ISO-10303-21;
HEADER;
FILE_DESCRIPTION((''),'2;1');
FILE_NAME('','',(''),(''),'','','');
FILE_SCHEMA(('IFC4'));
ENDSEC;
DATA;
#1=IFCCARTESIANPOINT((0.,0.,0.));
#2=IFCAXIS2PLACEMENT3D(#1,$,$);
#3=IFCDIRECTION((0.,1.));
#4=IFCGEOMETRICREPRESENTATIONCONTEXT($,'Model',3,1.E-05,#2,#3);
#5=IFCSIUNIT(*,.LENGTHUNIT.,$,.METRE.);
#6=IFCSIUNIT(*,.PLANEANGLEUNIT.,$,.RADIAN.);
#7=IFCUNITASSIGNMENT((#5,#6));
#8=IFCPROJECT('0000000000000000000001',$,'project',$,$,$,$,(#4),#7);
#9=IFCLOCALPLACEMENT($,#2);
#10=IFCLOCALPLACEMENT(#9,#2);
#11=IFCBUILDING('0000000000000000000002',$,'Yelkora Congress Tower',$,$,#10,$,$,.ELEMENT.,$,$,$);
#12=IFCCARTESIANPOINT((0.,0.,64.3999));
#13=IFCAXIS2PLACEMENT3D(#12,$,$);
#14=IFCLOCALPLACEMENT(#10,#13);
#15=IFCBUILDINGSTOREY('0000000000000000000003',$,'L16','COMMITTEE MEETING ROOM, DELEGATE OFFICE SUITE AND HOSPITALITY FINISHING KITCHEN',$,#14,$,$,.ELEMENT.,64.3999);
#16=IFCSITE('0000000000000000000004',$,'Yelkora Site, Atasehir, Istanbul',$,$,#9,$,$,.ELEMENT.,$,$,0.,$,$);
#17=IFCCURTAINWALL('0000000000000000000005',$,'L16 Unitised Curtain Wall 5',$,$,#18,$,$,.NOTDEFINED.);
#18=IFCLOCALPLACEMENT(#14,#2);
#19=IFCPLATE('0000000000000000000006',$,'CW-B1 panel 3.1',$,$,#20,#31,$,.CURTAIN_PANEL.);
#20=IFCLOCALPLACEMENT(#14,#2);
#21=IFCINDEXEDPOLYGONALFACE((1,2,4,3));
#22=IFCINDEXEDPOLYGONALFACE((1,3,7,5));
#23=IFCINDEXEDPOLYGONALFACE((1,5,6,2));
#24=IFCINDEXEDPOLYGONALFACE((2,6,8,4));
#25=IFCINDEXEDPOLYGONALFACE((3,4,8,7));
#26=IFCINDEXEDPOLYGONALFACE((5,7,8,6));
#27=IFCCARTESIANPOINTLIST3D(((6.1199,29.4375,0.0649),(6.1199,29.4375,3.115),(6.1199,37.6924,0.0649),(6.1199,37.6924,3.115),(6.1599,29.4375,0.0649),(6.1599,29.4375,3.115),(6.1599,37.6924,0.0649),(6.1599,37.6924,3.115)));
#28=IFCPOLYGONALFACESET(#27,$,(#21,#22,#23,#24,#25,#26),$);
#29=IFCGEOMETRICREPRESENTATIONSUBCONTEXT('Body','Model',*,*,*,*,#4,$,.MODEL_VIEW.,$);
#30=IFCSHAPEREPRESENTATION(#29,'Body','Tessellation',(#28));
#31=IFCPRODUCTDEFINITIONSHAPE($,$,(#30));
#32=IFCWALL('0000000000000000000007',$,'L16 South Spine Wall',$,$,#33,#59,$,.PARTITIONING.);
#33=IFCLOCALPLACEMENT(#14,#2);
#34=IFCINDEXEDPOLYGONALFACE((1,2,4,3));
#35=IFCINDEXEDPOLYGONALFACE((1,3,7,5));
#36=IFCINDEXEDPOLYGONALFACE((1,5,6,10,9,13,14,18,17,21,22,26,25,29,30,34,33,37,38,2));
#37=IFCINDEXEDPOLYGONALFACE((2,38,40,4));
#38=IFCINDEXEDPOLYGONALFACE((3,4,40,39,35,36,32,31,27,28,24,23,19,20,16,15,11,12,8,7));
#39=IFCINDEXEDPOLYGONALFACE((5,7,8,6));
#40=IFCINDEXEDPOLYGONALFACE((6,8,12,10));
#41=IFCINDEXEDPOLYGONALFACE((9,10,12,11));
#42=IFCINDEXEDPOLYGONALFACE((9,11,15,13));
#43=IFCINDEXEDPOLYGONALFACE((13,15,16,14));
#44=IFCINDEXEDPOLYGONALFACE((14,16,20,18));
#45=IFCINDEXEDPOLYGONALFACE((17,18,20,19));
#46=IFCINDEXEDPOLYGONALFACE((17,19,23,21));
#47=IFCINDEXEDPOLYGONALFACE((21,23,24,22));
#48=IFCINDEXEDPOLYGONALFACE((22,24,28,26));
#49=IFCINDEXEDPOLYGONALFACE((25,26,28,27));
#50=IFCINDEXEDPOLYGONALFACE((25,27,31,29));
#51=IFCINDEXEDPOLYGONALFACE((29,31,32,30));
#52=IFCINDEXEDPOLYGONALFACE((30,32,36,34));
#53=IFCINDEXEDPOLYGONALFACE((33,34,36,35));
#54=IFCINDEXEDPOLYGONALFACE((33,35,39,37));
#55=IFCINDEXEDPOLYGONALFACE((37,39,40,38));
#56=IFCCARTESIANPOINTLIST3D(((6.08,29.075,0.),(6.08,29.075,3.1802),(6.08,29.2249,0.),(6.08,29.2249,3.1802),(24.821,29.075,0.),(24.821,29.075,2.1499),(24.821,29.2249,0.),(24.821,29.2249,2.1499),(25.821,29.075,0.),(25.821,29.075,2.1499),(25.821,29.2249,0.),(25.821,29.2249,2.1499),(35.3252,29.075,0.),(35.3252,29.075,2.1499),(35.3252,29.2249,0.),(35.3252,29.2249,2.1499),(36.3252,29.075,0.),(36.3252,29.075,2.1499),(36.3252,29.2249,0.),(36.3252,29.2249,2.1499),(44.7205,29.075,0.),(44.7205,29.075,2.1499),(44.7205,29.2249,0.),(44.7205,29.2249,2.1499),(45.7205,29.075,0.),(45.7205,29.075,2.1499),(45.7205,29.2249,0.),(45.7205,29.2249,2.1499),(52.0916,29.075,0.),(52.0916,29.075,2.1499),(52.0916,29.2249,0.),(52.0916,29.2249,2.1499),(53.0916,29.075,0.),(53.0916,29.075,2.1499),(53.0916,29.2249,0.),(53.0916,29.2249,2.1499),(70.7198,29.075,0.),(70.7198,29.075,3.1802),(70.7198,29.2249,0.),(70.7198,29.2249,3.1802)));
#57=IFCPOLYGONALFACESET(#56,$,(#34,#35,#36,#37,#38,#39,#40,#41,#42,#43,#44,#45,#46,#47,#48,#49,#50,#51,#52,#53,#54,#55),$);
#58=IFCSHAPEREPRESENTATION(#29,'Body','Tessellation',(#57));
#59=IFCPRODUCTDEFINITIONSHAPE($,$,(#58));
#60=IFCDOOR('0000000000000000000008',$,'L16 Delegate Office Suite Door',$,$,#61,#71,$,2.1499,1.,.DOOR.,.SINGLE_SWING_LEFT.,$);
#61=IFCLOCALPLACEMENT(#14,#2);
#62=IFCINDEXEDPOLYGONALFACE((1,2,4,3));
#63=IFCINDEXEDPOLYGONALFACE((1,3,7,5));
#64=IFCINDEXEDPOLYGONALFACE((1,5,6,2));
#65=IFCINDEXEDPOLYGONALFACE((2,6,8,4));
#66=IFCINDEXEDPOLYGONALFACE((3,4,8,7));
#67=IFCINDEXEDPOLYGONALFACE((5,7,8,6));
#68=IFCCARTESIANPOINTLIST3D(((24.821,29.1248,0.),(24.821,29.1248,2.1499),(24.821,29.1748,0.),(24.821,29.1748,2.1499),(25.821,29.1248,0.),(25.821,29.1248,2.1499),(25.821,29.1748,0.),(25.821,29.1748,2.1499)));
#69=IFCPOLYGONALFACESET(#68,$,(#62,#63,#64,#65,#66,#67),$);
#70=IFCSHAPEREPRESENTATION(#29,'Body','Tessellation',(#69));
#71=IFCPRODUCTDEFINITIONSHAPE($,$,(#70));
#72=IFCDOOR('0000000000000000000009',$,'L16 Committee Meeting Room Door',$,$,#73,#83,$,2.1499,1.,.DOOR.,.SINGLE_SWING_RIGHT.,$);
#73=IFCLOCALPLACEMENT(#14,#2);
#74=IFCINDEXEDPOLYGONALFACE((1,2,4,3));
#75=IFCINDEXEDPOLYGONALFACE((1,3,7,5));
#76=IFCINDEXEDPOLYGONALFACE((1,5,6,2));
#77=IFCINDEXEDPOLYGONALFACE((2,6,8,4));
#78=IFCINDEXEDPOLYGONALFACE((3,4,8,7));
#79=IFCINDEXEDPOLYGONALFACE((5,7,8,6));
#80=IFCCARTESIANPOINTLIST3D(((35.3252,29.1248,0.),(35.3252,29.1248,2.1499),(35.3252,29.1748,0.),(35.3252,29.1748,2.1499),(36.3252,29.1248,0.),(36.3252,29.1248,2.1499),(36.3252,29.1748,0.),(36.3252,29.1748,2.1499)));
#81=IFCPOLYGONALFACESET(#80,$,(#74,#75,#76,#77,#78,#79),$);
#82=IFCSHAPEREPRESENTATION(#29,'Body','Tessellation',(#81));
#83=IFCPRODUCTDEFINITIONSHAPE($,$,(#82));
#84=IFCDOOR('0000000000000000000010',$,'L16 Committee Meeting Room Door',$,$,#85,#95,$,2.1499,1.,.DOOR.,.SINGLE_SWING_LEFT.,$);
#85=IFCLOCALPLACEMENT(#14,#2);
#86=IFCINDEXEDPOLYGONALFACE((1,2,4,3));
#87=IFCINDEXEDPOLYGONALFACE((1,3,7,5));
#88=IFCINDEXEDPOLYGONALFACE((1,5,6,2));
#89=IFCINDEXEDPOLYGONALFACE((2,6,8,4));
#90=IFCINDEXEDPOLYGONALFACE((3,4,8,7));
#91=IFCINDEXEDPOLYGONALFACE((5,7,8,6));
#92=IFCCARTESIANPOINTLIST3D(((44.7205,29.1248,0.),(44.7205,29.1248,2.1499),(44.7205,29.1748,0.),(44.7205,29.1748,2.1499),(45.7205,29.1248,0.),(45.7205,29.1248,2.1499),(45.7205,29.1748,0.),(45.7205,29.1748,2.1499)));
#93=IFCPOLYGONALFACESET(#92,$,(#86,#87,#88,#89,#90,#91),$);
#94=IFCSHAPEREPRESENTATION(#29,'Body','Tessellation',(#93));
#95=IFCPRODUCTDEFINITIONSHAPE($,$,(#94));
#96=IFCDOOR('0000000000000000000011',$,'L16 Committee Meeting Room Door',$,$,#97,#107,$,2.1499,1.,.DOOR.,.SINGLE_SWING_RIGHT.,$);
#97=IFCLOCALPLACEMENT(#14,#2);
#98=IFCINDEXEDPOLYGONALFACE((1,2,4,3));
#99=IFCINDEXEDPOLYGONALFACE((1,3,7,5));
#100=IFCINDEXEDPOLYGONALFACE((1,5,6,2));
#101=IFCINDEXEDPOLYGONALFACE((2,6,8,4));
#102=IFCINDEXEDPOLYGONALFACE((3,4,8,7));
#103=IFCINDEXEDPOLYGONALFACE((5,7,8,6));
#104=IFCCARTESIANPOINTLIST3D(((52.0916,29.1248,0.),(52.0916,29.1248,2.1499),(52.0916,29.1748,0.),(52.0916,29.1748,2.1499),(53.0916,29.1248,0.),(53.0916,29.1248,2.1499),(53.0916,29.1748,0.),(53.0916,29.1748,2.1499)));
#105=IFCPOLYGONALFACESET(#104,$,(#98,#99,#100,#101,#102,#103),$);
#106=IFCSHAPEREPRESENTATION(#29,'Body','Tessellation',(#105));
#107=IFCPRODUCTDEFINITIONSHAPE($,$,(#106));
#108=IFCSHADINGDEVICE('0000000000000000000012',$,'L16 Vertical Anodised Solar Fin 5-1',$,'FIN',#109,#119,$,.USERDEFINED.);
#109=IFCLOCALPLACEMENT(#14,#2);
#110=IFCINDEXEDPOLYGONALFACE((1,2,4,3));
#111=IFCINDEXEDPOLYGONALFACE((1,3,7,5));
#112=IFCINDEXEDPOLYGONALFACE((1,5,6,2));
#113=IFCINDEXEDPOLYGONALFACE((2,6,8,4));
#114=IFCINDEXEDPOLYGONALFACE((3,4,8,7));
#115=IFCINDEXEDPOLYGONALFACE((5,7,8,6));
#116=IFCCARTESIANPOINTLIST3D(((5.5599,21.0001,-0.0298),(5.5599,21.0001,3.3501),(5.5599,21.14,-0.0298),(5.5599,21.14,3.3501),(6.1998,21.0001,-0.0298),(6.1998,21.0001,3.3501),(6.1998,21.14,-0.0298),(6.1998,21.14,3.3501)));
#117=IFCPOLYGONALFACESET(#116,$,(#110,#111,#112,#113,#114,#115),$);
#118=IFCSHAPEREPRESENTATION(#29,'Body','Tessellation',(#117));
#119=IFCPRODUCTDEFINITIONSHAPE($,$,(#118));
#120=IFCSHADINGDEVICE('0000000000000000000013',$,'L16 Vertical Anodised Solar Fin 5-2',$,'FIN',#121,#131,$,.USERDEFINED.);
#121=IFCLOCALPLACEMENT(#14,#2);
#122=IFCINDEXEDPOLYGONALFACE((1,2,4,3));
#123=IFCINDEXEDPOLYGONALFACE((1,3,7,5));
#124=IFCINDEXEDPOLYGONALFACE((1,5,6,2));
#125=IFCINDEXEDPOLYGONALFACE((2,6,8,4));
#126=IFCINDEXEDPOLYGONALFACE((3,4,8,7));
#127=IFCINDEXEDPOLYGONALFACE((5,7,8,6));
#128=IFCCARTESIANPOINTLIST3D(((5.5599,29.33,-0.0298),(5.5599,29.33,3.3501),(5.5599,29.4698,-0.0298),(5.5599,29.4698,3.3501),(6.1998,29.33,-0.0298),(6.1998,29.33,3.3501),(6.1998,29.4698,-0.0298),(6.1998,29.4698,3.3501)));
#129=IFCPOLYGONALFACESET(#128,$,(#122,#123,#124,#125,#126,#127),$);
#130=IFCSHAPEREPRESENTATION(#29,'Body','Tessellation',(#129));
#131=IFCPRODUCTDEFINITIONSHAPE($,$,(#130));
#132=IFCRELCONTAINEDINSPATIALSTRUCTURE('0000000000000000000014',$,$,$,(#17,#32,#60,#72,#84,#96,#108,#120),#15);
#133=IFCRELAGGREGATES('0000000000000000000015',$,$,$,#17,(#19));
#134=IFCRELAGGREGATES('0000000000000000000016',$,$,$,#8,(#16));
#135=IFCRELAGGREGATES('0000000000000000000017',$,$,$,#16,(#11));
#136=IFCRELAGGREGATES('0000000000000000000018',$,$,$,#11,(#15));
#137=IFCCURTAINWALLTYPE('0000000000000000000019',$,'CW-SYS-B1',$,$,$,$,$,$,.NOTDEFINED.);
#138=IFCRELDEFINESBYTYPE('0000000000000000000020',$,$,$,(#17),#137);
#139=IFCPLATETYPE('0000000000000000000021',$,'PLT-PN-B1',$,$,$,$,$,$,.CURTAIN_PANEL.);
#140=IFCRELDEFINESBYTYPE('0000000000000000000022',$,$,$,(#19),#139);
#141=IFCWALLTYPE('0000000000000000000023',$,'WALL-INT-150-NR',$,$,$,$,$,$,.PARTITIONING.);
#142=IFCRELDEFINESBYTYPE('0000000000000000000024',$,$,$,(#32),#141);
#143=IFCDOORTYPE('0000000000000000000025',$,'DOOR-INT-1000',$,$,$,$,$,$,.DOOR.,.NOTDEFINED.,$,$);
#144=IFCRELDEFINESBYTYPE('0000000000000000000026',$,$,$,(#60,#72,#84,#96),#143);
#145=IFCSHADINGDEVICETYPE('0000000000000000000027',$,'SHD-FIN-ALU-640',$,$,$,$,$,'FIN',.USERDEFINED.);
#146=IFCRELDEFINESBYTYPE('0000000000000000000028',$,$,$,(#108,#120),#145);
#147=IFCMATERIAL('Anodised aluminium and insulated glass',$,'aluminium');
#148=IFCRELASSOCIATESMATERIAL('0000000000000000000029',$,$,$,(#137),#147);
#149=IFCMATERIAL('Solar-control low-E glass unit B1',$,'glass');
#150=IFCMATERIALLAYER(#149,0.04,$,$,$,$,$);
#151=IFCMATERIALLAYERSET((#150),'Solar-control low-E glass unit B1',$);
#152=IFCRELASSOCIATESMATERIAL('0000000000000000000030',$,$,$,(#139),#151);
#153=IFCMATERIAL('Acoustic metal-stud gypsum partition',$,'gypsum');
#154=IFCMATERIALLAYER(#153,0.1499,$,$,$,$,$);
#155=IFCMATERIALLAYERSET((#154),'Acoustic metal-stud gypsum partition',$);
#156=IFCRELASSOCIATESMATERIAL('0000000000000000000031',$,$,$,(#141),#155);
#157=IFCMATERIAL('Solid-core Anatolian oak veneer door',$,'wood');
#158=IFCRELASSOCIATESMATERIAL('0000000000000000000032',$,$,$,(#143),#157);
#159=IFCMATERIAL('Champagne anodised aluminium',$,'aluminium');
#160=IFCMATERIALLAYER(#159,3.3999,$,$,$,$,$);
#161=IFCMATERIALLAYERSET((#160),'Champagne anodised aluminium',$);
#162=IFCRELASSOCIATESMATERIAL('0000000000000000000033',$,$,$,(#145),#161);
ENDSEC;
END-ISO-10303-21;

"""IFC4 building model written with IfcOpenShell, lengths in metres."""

from ifc_helpers import new_model, si_unit, direction, frame, frame_2d, origin, origin_2d, place, context, subcontext, project, spatial, rectangle, extrude, material, layer, layer_set, type_object, element, fill, aggregate, save


model = new_model("IFC4")

# Units and contexts
model_context = context("Model", 3, precision=1e-05, world=origin(), true_north=direction((0.0, 1.0)))
body_context = subcontext(model_context, "Body", "Model", "MODEL_VIEW")
ifc_project = project(units=[si_unit("LENGTHUNIT", "METRE"), si_unit("PLANEANGLEUNIT", "RADIAN")], contexts=[model_context])

# Site, building, storey
site_placement = place(None, origin())
site = spatial("IfcSite", under=ifc_project, at=site_placement, Name="Yelkora Site, Atasehir, Istanbul", CompositionType="ELEMENT", RefElevation=0.0)
building_placement = place(site_placement, origin())
building = spatial("IfcBuilding", under=site, at=building_placement, Name="Yelkora Congress Tower", CompositionType="ELEMENT")
storey_placement = place(building_placement, frame((0.0, 0.0, 64.3999)))
storey = spatial("IfcBuildingStorey", under=building, at=storey_placement, Name="L16", Description="COMMITTEE MEETING ROOM, DELEGATE OFFICE SUITE AND HOSPITALITY FINISHING KITCHEN", CompositionType="ELEMENT", Elevation=64.3999)

# Curtain wall, plate
ifc_material_1 = material(Name="Anodised aluminium and insulated glass", Category="aluminium")
curtain_wall_type = type_object("IfcCurtainWallType", Name="CW-SYS-B1", PredefinedType="NOTDEFINED", material=ifc_material_1)
curtain_wall_placement = place(storey_placement, origin())
curtain_wall = element("IfcCurtainWall", 1, at=curtain_wall_placement, inside=storey, type_object=curtain_wall_type, Name="L16 Unitised Curtain Wall 5", PredefinedType="NOTDEFINED")
ifc_material_2 = material(Name="Solar-control low-E glass unit B1", Category="glass")
ifc_layer_1 = layer(ifc_material_2, 0.04)
ifc_layer_set_1 = layer_set([ifc_layer_1], Name="Solar-control low-E glass unit B1")
plate_type = type_object("IfcPlateType", Name="PLT-PN-B1", PredefinedType="CURTAIN_PANEL", material=ifc_layer_set_1)
plate_1_placement = place(storey_placement, frame((6.1399, 33.5649, 0.0649), z_axis=(0.0, 0.0, 1.0), x_axis=(0.0, 1.0, 0.0)))
plate_1 = element("IfcPlate", 2, at=plate_1_placement, type_object=plate_type, Name="CW-B1 panel 3.1", PredefinedType="CURTAIN_PANEL", context=body_context, shape_type="SweptSolid", body=[
    extrude(rectangle(XDim=8.2549, YDim=0.04, at=origin_2d()), origin(), (0.0, 0.0, 1.0), 3.05),
])
aggregate(curtain_wall, [plate_1])

# Wall, openings, doors
ifc_material_3 = material(Name="Acoustic metal-stud gypsum partition", Category="gypsum")
ifc_layer_2 = layer(ifc_material_3, 0.1499)
ifc_layer_set_2 = layer_set([ifc_layer_2], Name="Acoustic metal-stud gypsum partition")
wall_type = type_object("IfcWallType", Name="WALL-INT-150-NR", PredefinedType="PARTITIONING", material=ifc_layer_set_2)
wall_placement = place(storey_placement, frame((6.0801, 29.1499, 0.0), z_axis=(0.0, 0.0, 1.0), x_axis=(1.0, 0.0, 0.0)))
wall = element("IfcWall", 3, at=wall_placement, inside=storey, type_object=wall_type, Name="L16 South Spine Wall", PredefinedType="PARTITIONING", context=body_context, shape_type="SweptSolid", body=[
    extrude(rectangle(XDim=64.6399, YDim=0.1499, at=frame_2d((32.3198, 0.0))), origin(), (0.0, 0.0, 1.0), 3.1802),
])
opening_1_placement = place(wall_placement, frame((18.741, 0.0, 0.0)))
opening_1 = element("IfcOpeningElement", 4, at=opening_1_placement, cuts=wall, PredefinedType="OPENING", context=body_context, shape_type="SweptSolid", body=[
    extrude(rectangle(XDim=1.0, YDim=2.1499, at=frame_2d((0.5, 1.075))), frame((0.0, 0.085, 0.0), z_axis=(0.0, -1.0, 0.0), x_axis=(1.0, 0.0, 0.0)), (0.0, 0.0, 1.0), 0.1699),
])
opening_2_placement = place(wall_placement, frame((29.2451, 0.0, 0.0)))
opening_2 = element("IfcOpeningElement", 5, at=opening_2_placement, cuts=wall, PredefinedType="OPENING", context=body_context, shape_type="SweptSolid", body=[
    extrude(rectangle(XDim=1.0, YDim=2.1499, at=frame_2d((0.5, 1.075))), frame((0.0, 0.085, 0.0), z_axis=(0.0, -1.0, 0.0), x_axis=(1.0, 0.0, 0.0)), (0.0, 0.0, 1.0), 0.1699),
])
opening_3_placement = place(wall_placement, frame((38.6404, 0.0, 0.0)))
opening_3 = element("IfcOpeningElement", 6, at=opening_3_placement, cuts=wall, PredefinedType="OPENING", context=body_context, shape_type="SweptSolid", body=[
    extrude(rectangle(XDim=1.0, YDim=2.1499, at=frame_2d((0.5, 1.075))), frame((0.0, 0.085, 0.0), z_axis=(0.0, -1.0, 0.0), x_axis=(1.0, 0.0, 0.0)), (0.0, 0.0, 1.0), 0.1699),
])
opening_4_placement = place(wall_placement, frame((46.0115, 0.0, 0.0)))
opening_4 = element("IfcOpeningElement", 7, at=opening_4_placement, cuts=wall, PredefinedType="OPENING", context=body_context, shape_type="SweptSolid", body=[
    extrude(rectangle(XDim=1.0, YDim=2.1499, at=frame_2d((0.5, 1.075))), frame((0.0, 0.085, 0.0), z_axis=(0.0, -1.0, 0.0), x_axis=(1.0, 0.0, 0.0)), (0.0, 0.0, 1.0), 0.1699),
])
ifc_material_4 = material(Name="Solid-core Anatolian oak veneer door", Category="wood")
door_type = type_object("IfcDoorType", Name="DOOR-INT-1000", OperationType="NOTDEFINED", PredefinedType="DOOR", material=ifc_material_4)
door_1_placement = place(opening_1_placement, origin())
door_1 = element("IfcDoor", 8, at=door_1_placement, inside=storey, type_object=door_type, Name="L16 Delegate Office Suite Door", OperationType="SINGLE_SWING_LEFT", OverallHeight=2.1499, OverallWidth=1.0, PredefinedType="DOOR", context=body_context, shape_type="SweptSolid", body=[
    extrude(rectangle(XDim=1.0, YDim=2.1499, at=frame_2d((0.5, 1.075))), frame((0.0, 0.0249, 0.0), z_axis=(0.0, -1.0, 0.0), x_axis=(1.0, 0.0, 0.0)), (0.0, 0.0, 1.0), 0.05),
])
fill(opening_1, door_1)
door_2_placement = place(opening_2_placement, origin())
door_2 = element("IfcDoor", 9, at=door_2_placement, inside=storey, type_object=door_type, Name="L16 Committee Meeting Room Door", OperationType="SINGLE_SWING_RIGHT", OverallHeight=2.1499, OverallWidth=1.0, PredefinedType="DOOR", context=body_context, shape_type="SweptSolid", body=[
    extrude(rectangle(XDim=1.0, YDim=2.1499, at=frame_2d((0.5, 1.075))), frame((0.0, 0.0249, 0.0), z_axis=(0.0, -1.0, 0.0), x_axis=(1.0, 0.0, 0.0)), (0.0, 0.0, 1.0), 0.05),
])
fill(opening_2, door_2)
door_3_placement = place(opening_3_placement, origin())
door_3 = element("IfcDoor", 10, at=door_3_placement, inside=storey, type_object=door_type, Name="L16 Committee Meeting Room Door", OperationType="SINGLE_SWING_LEFT", OverallHeight=2.1499, OverallWidth=1.0, PredefinedType="DOOR", context=body_context, shape_type="SweptSolid", body=[
    extrude(rectangle(XDim=1.0, YDim=2.1499, at=frame_2d((0.5, 1.075))), frame((0.0, 0.0249, 0.0), z_axis=(0.0, -1.0, 0.0), x_axis=(1.0, 0.0, 0.0)), (0.0, 0.0, 1.0), 0.05),
])
fill(opening_3, door_3)
door_4_placement = place(opening_4_placement, origin())
door_4 = element("IfcDoor", 11, at=door_4_placement, inside=storey, type_object=door_type, Name="L16 Committee Meeting Room Door", OperationType="SINGLE_SWING_RIGHT", OverallHeight=2.1499, OverallWidth=1.0, PredefinedType="DOOR", context=body_context, shape_type="SweptSolid", body=[
    extrude(rectangle(XDim=1.0, YDim=2.1499, at=frame_2d((0.5, 1.075))), frame((0.0, 0.0249, 0.0), z_axis=(0.0, -1.0, 0.0), x_axis=(1.0, 0.0, 0.0)), (0.0, 0.0, 1.0), 0.05),
])
fill(opening_4, door_4)

# Shading devices
ifc_material_5 = material(Name="Champagne anodised aluminium", Category="aluminium")
ifc_layer_3 = layer(ifc_material_5, 3.3999)
ifc_layer_set_3 = layer_set([ifc_layer_3], Name="Champagne anodised aluminium")
shading_device_type = type_object("IfcShadingDeviceType", Name="SHD-FIN-ALU-640", ElementType="FIN", PredefinedType="USERDEFINED", material=ifc_layer_set_3)
for number, where, z_axis, x_axis, name in (
    (12, (5.8799, 21.0701, -0.0298), (0.0, 0.0, 1.0), (0.0, 1.0, 0.0), "L16 Vertical Anodised Solar Fin 5-1"),
    (13, (5.8799, 29.3999, -0.0298), (0.0, 0.0, 1.0), (0.0, 1.0, 0.0), "L16 Vertical Anodised Solar Fin 5-2"),
):
    element("IfcShadingDevice", number, at=place(storey_placement, frame(where, z_axis=z_axis, x_axis=x_axis)), inside=storey, type_object=shading_device_type, Name=name, ObjectType="FIN", PredefinedType="USERDEFINED", context=body_context, shape_type="SweptSolid", body=[
        extrude(rectangle(XDim=0.1399, YDim=0.6399, at=origin_2d()), origin(), (0.0, 0.0, 1.0), 3.3799),
    ])

save(model, "model.ifc")
